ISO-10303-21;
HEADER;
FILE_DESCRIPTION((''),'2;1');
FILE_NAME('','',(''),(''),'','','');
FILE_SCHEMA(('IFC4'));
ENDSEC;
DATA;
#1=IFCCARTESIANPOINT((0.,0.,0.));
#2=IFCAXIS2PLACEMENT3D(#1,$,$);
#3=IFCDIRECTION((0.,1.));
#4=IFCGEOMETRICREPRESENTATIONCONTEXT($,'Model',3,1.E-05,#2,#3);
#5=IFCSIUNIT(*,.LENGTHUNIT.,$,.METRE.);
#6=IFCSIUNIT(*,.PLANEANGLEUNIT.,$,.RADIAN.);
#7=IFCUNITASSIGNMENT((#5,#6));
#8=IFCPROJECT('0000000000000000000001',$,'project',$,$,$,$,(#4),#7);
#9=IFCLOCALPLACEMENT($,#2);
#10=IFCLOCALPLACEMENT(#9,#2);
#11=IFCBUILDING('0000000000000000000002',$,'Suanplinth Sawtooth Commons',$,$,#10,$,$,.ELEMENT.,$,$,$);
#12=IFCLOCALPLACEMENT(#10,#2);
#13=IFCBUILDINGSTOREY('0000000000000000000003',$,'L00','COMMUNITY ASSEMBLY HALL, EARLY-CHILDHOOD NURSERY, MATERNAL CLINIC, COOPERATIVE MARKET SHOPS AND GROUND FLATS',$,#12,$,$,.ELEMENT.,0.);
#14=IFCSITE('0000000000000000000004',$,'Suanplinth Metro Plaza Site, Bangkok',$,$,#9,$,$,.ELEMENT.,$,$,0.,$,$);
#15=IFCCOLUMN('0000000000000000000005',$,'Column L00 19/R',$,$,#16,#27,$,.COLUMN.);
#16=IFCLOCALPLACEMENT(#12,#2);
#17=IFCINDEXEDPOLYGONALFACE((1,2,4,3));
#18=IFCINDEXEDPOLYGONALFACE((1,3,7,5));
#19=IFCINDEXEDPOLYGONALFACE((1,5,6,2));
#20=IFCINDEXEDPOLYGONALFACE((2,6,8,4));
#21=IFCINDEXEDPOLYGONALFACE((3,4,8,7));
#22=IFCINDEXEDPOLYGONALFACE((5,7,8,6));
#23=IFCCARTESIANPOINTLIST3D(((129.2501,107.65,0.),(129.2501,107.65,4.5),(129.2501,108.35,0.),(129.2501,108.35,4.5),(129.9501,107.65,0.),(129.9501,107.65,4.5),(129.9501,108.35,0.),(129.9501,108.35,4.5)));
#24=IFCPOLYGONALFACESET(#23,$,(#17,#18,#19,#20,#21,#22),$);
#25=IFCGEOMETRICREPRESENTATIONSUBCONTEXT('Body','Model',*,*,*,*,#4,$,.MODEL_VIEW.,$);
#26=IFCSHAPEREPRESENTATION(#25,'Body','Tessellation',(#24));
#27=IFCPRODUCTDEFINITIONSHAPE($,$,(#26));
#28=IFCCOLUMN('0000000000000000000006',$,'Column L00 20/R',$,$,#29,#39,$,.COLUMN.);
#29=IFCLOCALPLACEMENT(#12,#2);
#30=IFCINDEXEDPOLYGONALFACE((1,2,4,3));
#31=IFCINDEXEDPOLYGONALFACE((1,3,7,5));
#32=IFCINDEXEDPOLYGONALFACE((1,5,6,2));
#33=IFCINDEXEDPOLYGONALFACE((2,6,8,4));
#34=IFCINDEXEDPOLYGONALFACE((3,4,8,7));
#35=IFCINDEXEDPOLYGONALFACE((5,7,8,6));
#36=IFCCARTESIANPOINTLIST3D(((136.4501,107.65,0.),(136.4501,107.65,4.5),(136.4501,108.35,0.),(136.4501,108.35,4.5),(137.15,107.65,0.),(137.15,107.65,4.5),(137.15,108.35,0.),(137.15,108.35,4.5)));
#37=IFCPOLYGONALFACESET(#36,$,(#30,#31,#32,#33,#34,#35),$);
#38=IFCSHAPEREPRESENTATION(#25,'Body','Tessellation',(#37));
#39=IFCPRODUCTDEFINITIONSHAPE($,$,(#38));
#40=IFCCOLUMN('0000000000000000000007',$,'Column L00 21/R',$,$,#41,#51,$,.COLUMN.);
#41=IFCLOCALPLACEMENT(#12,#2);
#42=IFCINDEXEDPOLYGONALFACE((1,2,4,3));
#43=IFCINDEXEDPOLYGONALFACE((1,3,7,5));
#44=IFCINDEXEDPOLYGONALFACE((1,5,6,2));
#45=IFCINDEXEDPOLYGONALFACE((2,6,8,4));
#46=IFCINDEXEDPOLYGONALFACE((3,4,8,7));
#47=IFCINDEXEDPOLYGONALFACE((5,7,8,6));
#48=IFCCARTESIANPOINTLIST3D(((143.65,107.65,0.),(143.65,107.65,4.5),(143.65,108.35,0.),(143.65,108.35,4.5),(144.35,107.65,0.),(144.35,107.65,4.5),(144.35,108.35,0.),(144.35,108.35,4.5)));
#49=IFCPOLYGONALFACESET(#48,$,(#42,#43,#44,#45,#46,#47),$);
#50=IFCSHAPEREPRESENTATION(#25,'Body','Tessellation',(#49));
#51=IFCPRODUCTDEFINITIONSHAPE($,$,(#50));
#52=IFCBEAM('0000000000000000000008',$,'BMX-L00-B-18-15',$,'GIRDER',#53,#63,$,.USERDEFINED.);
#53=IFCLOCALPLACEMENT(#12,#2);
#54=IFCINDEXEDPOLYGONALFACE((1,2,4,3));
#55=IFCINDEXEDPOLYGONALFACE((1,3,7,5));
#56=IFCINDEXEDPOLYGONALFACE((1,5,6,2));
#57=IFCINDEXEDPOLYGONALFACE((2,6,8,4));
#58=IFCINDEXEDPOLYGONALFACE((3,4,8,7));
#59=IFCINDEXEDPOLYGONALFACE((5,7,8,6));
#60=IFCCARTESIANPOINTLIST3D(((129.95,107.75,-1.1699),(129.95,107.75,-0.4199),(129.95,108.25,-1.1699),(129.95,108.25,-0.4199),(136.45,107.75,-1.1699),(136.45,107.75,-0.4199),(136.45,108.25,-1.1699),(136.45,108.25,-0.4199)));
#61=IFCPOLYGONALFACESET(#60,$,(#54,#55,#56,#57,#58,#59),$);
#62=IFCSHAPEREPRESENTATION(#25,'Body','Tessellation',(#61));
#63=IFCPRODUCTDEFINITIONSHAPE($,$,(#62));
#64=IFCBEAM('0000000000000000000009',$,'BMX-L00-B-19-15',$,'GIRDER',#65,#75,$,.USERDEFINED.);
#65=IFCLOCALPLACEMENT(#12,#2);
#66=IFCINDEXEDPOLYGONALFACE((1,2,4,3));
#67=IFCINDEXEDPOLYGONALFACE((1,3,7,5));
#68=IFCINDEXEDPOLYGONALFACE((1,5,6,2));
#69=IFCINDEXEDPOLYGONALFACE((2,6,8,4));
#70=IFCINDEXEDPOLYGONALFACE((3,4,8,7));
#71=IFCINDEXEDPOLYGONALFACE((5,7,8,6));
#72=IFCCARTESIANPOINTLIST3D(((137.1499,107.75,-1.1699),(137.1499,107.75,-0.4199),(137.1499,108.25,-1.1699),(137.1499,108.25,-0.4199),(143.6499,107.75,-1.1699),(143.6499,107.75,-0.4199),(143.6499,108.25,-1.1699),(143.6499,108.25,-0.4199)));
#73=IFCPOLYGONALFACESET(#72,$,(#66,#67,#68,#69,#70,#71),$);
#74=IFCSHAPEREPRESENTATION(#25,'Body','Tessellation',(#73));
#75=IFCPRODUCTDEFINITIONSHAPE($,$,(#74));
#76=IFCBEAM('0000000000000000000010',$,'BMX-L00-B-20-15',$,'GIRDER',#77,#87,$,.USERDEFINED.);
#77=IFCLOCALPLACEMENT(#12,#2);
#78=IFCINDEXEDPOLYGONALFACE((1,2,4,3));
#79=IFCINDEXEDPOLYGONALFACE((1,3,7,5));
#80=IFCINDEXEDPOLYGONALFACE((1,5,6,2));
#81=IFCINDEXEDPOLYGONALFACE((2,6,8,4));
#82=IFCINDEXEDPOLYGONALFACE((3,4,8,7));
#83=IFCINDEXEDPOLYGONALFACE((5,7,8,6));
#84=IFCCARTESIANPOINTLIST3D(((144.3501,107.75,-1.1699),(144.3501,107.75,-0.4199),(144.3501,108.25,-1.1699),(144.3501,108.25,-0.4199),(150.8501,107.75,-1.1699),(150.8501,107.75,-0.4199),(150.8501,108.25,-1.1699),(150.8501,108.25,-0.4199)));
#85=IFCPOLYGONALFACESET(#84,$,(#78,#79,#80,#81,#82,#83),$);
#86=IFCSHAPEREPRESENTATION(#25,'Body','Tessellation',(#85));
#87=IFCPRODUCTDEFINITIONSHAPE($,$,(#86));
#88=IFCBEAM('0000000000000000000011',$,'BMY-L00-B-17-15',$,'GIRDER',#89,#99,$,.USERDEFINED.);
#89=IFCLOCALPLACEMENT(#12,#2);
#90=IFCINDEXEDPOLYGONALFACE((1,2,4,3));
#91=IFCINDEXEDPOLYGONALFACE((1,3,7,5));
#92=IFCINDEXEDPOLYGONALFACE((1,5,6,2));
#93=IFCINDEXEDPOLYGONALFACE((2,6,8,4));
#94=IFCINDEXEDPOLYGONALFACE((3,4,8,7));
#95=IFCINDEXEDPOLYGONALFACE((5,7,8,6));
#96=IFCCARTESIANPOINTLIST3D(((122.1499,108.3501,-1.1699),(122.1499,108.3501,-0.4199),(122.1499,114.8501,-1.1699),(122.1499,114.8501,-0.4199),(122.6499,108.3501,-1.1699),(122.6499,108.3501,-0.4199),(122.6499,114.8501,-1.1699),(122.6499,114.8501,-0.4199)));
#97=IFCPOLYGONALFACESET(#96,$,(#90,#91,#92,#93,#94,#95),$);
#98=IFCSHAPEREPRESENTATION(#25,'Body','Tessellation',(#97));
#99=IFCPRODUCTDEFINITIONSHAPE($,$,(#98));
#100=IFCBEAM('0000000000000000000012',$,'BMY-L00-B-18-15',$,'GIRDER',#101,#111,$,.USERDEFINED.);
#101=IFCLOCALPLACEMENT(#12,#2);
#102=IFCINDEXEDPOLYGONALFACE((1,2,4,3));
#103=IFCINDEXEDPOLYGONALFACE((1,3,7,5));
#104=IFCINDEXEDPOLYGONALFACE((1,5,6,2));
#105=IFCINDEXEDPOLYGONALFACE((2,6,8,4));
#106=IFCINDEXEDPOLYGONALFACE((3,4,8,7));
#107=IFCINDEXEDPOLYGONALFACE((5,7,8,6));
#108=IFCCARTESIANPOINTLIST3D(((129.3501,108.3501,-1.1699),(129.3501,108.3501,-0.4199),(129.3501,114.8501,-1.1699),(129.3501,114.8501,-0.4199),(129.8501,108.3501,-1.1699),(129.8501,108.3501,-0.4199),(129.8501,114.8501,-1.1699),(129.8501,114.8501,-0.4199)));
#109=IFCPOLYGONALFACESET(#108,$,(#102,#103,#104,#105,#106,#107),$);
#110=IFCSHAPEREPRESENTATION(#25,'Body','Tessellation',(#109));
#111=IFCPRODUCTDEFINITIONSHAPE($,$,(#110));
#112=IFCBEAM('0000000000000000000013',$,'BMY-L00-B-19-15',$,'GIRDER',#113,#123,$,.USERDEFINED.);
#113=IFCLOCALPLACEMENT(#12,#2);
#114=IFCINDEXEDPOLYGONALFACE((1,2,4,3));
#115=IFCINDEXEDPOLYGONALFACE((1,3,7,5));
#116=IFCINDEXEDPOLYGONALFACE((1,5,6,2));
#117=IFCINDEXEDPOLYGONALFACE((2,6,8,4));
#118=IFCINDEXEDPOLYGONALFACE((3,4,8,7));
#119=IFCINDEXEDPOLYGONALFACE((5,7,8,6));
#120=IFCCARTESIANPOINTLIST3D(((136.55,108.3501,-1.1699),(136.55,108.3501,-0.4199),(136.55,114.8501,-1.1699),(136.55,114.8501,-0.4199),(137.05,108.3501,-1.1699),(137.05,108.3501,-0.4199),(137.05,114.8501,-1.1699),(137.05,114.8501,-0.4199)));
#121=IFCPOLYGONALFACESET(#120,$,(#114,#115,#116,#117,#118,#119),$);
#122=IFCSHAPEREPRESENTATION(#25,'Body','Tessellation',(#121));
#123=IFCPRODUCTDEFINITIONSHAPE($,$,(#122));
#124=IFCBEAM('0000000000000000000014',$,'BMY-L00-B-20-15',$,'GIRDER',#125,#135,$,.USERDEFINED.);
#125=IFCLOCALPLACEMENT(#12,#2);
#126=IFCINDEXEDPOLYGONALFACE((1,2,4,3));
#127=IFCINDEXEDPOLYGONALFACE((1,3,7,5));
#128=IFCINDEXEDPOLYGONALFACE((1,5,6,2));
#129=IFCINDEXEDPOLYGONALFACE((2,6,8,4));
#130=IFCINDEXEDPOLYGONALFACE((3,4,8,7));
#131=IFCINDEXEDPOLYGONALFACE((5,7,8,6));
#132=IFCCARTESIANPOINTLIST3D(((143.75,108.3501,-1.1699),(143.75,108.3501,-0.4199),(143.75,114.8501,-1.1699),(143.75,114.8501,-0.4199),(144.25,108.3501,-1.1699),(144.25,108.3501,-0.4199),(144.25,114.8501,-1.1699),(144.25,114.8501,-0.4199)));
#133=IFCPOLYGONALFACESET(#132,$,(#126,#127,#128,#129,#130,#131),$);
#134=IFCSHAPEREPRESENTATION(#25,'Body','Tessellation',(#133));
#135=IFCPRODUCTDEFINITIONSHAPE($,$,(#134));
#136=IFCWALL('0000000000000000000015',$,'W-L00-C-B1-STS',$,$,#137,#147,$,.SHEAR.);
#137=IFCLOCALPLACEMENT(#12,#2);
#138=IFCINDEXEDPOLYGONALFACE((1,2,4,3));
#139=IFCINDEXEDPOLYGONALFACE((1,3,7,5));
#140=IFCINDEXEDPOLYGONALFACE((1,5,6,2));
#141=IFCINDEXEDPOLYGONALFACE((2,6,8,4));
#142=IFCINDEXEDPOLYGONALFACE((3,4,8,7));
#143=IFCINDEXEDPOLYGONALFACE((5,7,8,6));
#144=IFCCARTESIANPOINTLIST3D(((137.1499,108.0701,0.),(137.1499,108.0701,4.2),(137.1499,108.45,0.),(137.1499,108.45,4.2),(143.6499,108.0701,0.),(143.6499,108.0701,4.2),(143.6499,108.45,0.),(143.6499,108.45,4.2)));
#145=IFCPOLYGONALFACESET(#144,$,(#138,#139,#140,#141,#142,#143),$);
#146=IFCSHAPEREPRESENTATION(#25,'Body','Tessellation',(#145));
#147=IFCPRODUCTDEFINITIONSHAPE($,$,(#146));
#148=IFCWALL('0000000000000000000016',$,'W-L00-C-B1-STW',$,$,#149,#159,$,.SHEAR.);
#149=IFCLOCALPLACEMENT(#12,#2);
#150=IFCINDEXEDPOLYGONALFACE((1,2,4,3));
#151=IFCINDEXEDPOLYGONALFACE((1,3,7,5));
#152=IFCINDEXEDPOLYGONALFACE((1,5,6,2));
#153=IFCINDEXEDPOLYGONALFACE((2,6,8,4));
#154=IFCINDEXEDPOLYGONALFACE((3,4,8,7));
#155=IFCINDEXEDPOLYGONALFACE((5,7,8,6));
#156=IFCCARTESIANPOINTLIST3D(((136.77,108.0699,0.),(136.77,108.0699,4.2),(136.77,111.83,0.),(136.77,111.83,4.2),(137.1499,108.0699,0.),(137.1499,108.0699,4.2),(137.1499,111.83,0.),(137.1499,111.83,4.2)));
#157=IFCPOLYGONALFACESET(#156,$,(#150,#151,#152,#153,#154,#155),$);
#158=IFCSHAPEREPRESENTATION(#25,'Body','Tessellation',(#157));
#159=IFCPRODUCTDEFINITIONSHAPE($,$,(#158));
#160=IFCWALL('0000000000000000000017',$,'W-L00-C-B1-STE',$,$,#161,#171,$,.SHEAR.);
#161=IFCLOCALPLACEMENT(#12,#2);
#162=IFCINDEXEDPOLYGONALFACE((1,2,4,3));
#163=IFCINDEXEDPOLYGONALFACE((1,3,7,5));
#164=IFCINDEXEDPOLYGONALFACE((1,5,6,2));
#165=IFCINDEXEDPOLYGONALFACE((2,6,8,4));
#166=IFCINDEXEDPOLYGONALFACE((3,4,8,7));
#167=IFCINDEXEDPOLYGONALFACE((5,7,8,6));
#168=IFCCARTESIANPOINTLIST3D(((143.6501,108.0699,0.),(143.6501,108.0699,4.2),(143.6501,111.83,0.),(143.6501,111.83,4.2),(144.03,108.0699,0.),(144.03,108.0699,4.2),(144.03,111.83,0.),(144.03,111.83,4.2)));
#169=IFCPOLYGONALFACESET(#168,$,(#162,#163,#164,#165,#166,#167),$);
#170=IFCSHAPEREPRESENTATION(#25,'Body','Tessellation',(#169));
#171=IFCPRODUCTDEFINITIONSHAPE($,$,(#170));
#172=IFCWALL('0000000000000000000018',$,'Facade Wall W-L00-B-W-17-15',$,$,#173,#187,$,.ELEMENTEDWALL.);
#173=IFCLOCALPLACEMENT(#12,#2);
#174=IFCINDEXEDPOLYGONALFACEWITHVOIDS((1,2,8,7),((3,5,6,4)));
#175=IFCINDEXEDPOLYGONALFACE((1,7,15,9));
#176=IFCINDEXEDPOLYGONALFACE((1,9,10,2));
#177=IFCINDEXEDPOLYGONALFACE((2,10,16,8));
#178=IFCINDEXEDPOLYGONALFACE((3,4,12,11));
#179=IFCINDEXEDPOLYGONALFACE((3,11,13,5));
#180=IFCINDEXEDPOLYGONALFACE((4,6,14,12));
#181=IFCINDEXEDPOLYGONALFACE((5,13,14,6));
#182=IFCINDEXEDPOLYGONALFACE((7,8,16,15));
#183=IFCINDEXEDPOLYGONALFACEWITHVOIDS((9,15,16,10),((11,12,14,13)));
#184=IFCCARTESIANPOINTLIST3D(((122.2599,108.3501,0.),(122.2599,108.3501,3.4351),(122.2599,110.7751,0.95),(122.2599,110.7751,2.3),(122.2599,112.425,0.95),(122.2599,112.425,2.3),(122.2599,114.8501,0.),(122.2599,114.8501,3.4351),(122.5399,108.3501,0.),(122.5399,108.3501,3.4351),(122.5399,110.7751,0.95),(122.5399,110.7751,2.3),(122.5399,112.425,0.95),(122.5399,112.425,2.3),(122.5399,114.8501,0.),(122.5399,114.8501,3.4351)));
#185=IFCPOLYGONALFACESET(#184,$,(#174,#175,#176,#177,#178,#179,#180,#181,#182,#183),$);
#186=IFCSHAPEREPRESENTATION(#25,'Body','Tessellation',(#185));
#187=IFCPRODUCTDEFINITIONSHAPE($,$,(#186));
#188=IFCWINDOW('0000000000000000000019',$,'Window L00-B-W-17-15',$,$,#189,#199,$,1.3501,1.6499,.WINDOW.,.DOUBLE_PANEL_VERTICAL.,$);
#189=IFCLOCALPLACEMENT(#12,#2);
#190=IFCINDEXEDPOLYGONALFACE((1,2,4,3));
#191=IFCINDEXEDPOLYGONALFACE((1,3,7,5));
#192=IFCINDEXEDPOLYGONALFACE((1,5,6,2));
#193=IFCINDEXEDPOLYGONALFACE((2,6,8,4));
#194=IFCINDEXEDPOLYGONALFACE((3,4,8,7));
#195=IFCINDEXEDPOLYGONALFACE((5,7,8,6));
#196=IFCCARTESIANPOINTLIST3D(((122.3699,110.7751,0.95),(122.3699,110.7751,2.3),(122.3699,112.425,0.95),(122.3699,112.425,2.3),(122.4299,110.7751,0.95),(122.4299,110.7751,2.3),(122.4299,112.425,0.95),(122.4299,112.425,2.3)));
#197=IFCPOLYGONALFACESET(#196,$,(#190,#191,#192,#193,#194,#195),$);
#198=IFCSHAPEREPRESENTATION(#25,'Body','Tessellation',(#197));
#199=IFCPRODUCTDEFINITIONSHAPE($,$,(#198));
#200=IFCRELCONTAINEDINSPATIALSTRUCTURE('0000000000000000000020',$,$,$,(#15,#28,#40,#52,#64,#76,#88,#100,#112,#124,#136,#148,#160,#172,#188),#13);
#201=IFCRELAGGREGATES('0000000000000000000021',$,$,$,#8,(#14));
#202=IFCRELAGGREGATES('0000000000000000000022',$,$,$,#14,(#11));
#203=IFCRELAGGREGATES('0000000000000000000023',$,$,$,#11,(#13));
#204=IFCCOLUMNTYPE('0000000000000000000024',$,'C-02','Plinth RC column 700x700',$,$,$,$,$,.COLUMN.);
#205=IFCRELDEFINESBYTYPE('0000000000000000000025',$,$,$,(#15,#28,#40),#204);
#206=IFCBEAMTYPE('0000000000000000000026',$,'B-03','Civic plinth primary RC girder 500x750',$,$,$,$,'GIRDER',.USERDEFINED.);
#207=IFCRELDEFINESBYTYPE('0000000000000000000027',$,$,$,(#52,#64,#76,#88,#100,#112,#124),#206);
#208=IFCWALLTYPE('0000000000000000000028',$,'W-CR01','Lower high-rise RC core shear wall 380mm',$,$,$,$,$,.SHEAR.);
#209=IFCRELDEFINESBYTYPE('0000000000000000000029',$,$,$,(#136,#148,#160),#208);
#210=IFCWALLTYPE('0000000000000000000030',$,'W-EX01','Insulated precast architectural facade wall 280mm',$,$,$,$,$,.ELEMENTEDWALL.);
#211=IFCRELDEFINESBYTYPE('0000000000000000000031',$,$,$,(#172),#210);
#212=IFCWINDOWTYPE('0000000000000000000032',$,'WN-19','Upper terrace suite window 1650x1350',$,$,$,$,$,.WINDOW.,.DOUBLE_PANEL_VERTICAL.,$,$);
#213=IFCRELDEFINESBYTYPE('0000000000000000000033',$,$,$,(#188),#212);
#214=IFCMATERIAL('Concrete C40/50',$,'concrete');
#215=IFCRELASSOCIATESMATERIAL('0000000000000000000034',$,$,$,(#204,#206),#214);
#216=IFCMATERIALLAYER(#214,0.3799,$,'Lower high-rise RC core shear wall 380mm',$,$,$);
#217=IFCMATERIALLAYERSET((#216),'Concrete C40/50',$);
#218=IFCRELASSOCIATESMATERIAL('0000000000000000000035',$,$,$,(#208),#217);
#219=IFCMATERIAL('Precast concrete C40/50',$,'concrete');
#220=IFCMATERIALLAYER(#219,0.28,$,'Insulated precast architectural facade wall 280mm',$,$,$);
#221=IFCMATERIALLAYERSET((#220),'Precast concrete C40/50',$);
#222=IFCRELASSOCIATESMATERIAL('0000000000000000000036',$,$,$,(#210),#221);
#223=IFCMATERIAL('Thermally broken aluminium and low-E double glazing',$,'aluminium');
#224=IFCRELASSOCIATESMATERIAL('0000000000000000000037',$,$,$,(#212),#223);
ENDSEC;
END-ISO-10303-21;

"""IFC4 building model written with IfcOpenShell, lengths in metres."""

from ifc_helpers import new_model, si_unit, direction, frame, frame_2d, origin, origin_2d, place, context, subcontext, project, spatial, rectangle, extrude, material, layer, layer_set, material_profile, profile_set, type_object, element, fill, save


model = new_model("IFC4")

# Units and contexts
model_context = context("Model", 3, precision=1e-05, world=origin(), true_north=direction((0.0, 1.0)))
body_context = subcontext(model_context, "Body", "Model", "MODEL_VIEW")
ifc_project = project(units=[si_unit("LENGTHUNIT", "METRE"), si_unit("PLANEANGLEUNIT", "RADIAN")], contexts=[model_context])

# Site, building, storey
site_placement = place(None, origin())
site = spatial("IfcSite", under=ifc_project, at=site_placement, Name="Suanplinth Metro Plaza Site, Bangkok", CompositionType="ELEMENT", RefElevation=0.0)
building_placement = place(site_placement, origin())
building = spatial("IfcBuilding", under=site, at=building_placement, Name="Suanplinth Sawtooth Commons", CompositionType="ELEMENT")
storey_placement = place(building_placement, origin())
storey = spatial("IfcBuildingStorey", under=building, at=storey_placement, Name="L00", Description="COMMUNITY ASSEMBLY HALL, EARLY-CHILDHOOD NURSERY, MATERNAL CLINIC, COOPERATIVE MARKET SHOPS AND GROUND FLATS", CompositionType="ELEMENT", Elevation=0.0)

# Columns
ifc_material_1 = material(Name="Concrete C40/50", Category="concrete")
ifc_material_profile_1 = material_profile(ifc_material_1, rectangle(XDim=0.7, YDim=0.7, at=origin_2d()), Name="RC-COL 700x700")
ifc_profile_set_1 = profile_set([ifc_material_profile_1], Name="Concrete C40/50")
column_type = type_object("IfcColumnType", Name="C-02", Description="Plinth RC column 700x700", PredefinedType="COLUMN", material=ifc_profile_set_1)
for number, where, z_axis, x_axis, name in (
    (1, (129.6001, 108.0, 0.0), (0.0, 0.0, 1.0), (1.0, 0.0, 0.0), "Column L00 19/R"),
    (2, (136.8, 108.0, 0.0), (0.0, 0.0, 1.0), (1.0, 0.0, 0.0), "Column L00 20/R"),
    (3, (144.0, 108.0, 0.0), (0.0, 0.0, 1.0), (1.0, 0.0, 0.0), "Column L00 21/R"),
):
    element("IfcColumn", number, at=place(storey_placement, frame(where, z_axis=z_axis, x_axis=x_axis)), inside=storey, type_object=column_type, Name=name, PredefinedType="COLUMN", context=body_context, shape_type="SweptSolid", body=[
        extrude(rectangle(XDim=0.7, YDim=0.7, at=origin_2d()), origin(), (0.0, 0.0, 1.0), 4.5),
    ])

# Beams
ifc_material_profile_2 = material_profile(ifc_material_1, rectangle(XDim=0.5, YDim=0.75, at=origin_2d()), Name="RC-GDR 500x750")
ifc_profile_set_2 = profile_set([ifc_material_profile_2], Name="Concrete C40/50")
beam_type = type_object("IfcBeamType", Name="B-03", Description="Civic plinth primary RC girder 500x750", ElementType="GIRDER", PredefinedType="USERDEFINED", material=ifc_profile_set_2)
for number, where, z_axis, x_axis, name in (
    (4, (129.95, 108.0, -0.7949), (1.0, 0.0, 0.0), (0.0, 1.0, 0.0), "BMX-L00-B-18-15"),
    (5, (137.1499, 108.0, -0.7949), (1.0, 0.0, 0.0), (0.0, 1.0, 0.0), "BMX-L00-B-19-15"),
    (6, (144.3501, 108.0, -0.7949), (1.0, 0.0, 0.0), (0.0, 1.0, 0.0), "BMX-L00-B-20-15"),
    (7, (122.3999, 108.3501, -0.7949), (0.0, 1.0, 0.0), (-1.0, 0.0, 0.0), "BMY-L00-B-17-15"),
    (8, (129.6001, 108.3501, -0.7949), (0.0, 1.0, 0.0), (-1.0, 0.0, 0.0), "BMY-L00-B-18-15"),
    (9, (136.8, 108.3501, -0.7949), (0.0, 1.0, 0.0), (-1.0, 0.0, 0.0), "BMY-L00-B-19-15"),
    (10, (144.0, 108.3501, -0.7949), (0.0, 1.0, 0.0), (-1.0, 0.0, 0.0), "BMY-L00-B-20-15"),
):
    element("IfcBeam", number, at=place(storey_placement, frame(where, z_axis=z_axis, x_axis=x_axis)), inside=storey, type_object=beam_type, Name=name, ObjectType="GIRDER", PredefinedType="USERDEFINED", context=body_context, shape_type="SweptSolid", body=[
        extrude(rectangle(XDim=0.5, YDim=0.75, at=origin_2d()), origin(), (0.0, 0.0, 1.0), 6.5),
    ])

# Walls
ifc_layer_1 = layer(ifc_material_1, 0.3799, Name="Lower high-rise RC core shear wall 380mm")
ifc_layer_set_1 = layer_set([ifc_layer_1], Name="Concrete C40/50")
wall_type_1 = type_object("IfcWallType", Name="W-CR01", Description="Lower high-rise RC core shear wall 380mm", PredefinedType="SHEAR", material=ifc_layer_set_1)
wall_1_placement = place(storey_placement, frame((137.1499, 108.26, 0.0), z_axis=(0.0, 0.0, 1.0), x_axis=(1.0, 0.0, 0.0)))
element("IfcWall", 11, at=wall_1_placement, inside=storey, type_object=wall_type_1, Name="W-L00-C-B1-STS", PredefinedType="SHEAR", context=body_context, shape_type="SweptSolid", body=[
    extrude(rectangle(XDim=6.5, YDim=0.3799, at=frame_2d((3.25, 0.0))), origin(), (0.0, 0.0, 1.0), 4.2),
])
for number, where, z_axis, x_axis, name in (
    (12, (136.96, 108.0701, 0.0), (0.0, 0.0, 1.0), (0.0, 1.0, 0.0), "W-L00-C-B1-STW"),
    (13, (143.8401, 108.0701, 0.0), (0.0, 0.0, 1.0), (0.0, 1.0, 0.0), "W-L00-C-B1-STE"),
):
    element("IfcWall", number, at=place(storey_placement, frame(where, z_axis=z_axis, x_axis=x_axis)), inside=storey, type_object=wall_type_1, Name=name, PredefinedType="SHEAR", context=body_context, shape_type="SweptSolid", body=[
        extrude(rectangle(XDim=3.76, YDim=0.3799, at=frame_2d((1.8799, 0.0))), origin(), (0.0, 0.0, 1.0), 4.2),
    ])

# Wall, opening, window
ifc_material_2 = material(Name="Precast concrete C40/50", Category="concrete")
ifc_layer_2 = layer(ifc_material_2, 0.28, Name="Insulated precast architectural facade wall 280mm")
ifc_layer_set_2 = layer_set([ifc_layer_2], Name="Precast concrete C40/50")
wall_type_2 = type_object("IfcWallType", Name="W-EX01", Description="Insulated precast architectural facade wall 280mm", PredefinedType="ELEMENTEDWALL", material=ifc_layer_set_2)
wall_2_placement = place(storey_placement, frame((122.3999, 108.3501, 0.0), z_axis=(0.0, 0.0, 1.0), x_axis=(0.0, 1.0, 0.0)))
wall_2 = element("IfcWall", 14, at=wall_2_placement, inside=storey, type_object=wall_type_2, Name="Facade Wall W-L00-B-W-17-15", PredefinedType="ELEMENTEDWALL", context=body_context, shape_type="SweptSolid", body=[
    extrude(rectangle(XDim=6.5, YDim=0.28, at=frame_2d((3.25, 0.0))), origin(), (0.0, 0.0, 1.0), 3.4351),
])
opening_1_placement = place(wall_2_placement, frame((2.425, 0.0, 0.95)))
opening_1 = element("IfcOpeningElement", 15, at=opening_1_placement, cuts=wall_2, PredefinedType="OPENING", context=body_context, shape_type="SweptSolid", body=[
    extrude(rectangle(XDim=1.6499, YDim=1.3501, at=frame_2d((0.825, 0.675))), frame((0.0, 0.1548, 0.0), z_axis=(0.0, -1.0, 0.0), x_axis=(1.0, 0.0, 0.0)), (0.0, 0.0, 1.0), 0.3098),
])
ifc_material_3 = material(Name="Thermally broken aluminium and low-E double glazing", Category="aluminium")
window_type_1 = type_object("IfcWindowType", Name="WN-19", Description="Upper terrace suite window 1650x1350", PartitioningType="DOUBLE_PANEL_VERTICAL", PredefinedType="WINDOW", material=ifc_material_3)
window_1_placement = place(opening_1_placement, origin())
window_1 = element("IfcWindow", 16, at=window_1_placement, inside=storey, type_object=window_type_1, Name="Window L00-B-W-17-15", OverallHeight=1.3501, OverallWidth=1.6499, PartitioningType="DOUBLE_PANEL_VERTICAL", PredefinedType="WINDOW", context=body_context, shape_type="SweptSolid", body=[
    extrude(rectangle(XDim=1.6499, YDim=1.3501, at=frame_2d((0.825, 0.675))), frame((0.0, 0.03, 0.0), z_axis=(0.0, -1.0, 0.0), x_axis=(1.0, 0.0, 0.0)), (0.0, 0.0, 1.0), 0.0601),
])
fill(opening_1, window_1)

save(model, "model.ifc")
